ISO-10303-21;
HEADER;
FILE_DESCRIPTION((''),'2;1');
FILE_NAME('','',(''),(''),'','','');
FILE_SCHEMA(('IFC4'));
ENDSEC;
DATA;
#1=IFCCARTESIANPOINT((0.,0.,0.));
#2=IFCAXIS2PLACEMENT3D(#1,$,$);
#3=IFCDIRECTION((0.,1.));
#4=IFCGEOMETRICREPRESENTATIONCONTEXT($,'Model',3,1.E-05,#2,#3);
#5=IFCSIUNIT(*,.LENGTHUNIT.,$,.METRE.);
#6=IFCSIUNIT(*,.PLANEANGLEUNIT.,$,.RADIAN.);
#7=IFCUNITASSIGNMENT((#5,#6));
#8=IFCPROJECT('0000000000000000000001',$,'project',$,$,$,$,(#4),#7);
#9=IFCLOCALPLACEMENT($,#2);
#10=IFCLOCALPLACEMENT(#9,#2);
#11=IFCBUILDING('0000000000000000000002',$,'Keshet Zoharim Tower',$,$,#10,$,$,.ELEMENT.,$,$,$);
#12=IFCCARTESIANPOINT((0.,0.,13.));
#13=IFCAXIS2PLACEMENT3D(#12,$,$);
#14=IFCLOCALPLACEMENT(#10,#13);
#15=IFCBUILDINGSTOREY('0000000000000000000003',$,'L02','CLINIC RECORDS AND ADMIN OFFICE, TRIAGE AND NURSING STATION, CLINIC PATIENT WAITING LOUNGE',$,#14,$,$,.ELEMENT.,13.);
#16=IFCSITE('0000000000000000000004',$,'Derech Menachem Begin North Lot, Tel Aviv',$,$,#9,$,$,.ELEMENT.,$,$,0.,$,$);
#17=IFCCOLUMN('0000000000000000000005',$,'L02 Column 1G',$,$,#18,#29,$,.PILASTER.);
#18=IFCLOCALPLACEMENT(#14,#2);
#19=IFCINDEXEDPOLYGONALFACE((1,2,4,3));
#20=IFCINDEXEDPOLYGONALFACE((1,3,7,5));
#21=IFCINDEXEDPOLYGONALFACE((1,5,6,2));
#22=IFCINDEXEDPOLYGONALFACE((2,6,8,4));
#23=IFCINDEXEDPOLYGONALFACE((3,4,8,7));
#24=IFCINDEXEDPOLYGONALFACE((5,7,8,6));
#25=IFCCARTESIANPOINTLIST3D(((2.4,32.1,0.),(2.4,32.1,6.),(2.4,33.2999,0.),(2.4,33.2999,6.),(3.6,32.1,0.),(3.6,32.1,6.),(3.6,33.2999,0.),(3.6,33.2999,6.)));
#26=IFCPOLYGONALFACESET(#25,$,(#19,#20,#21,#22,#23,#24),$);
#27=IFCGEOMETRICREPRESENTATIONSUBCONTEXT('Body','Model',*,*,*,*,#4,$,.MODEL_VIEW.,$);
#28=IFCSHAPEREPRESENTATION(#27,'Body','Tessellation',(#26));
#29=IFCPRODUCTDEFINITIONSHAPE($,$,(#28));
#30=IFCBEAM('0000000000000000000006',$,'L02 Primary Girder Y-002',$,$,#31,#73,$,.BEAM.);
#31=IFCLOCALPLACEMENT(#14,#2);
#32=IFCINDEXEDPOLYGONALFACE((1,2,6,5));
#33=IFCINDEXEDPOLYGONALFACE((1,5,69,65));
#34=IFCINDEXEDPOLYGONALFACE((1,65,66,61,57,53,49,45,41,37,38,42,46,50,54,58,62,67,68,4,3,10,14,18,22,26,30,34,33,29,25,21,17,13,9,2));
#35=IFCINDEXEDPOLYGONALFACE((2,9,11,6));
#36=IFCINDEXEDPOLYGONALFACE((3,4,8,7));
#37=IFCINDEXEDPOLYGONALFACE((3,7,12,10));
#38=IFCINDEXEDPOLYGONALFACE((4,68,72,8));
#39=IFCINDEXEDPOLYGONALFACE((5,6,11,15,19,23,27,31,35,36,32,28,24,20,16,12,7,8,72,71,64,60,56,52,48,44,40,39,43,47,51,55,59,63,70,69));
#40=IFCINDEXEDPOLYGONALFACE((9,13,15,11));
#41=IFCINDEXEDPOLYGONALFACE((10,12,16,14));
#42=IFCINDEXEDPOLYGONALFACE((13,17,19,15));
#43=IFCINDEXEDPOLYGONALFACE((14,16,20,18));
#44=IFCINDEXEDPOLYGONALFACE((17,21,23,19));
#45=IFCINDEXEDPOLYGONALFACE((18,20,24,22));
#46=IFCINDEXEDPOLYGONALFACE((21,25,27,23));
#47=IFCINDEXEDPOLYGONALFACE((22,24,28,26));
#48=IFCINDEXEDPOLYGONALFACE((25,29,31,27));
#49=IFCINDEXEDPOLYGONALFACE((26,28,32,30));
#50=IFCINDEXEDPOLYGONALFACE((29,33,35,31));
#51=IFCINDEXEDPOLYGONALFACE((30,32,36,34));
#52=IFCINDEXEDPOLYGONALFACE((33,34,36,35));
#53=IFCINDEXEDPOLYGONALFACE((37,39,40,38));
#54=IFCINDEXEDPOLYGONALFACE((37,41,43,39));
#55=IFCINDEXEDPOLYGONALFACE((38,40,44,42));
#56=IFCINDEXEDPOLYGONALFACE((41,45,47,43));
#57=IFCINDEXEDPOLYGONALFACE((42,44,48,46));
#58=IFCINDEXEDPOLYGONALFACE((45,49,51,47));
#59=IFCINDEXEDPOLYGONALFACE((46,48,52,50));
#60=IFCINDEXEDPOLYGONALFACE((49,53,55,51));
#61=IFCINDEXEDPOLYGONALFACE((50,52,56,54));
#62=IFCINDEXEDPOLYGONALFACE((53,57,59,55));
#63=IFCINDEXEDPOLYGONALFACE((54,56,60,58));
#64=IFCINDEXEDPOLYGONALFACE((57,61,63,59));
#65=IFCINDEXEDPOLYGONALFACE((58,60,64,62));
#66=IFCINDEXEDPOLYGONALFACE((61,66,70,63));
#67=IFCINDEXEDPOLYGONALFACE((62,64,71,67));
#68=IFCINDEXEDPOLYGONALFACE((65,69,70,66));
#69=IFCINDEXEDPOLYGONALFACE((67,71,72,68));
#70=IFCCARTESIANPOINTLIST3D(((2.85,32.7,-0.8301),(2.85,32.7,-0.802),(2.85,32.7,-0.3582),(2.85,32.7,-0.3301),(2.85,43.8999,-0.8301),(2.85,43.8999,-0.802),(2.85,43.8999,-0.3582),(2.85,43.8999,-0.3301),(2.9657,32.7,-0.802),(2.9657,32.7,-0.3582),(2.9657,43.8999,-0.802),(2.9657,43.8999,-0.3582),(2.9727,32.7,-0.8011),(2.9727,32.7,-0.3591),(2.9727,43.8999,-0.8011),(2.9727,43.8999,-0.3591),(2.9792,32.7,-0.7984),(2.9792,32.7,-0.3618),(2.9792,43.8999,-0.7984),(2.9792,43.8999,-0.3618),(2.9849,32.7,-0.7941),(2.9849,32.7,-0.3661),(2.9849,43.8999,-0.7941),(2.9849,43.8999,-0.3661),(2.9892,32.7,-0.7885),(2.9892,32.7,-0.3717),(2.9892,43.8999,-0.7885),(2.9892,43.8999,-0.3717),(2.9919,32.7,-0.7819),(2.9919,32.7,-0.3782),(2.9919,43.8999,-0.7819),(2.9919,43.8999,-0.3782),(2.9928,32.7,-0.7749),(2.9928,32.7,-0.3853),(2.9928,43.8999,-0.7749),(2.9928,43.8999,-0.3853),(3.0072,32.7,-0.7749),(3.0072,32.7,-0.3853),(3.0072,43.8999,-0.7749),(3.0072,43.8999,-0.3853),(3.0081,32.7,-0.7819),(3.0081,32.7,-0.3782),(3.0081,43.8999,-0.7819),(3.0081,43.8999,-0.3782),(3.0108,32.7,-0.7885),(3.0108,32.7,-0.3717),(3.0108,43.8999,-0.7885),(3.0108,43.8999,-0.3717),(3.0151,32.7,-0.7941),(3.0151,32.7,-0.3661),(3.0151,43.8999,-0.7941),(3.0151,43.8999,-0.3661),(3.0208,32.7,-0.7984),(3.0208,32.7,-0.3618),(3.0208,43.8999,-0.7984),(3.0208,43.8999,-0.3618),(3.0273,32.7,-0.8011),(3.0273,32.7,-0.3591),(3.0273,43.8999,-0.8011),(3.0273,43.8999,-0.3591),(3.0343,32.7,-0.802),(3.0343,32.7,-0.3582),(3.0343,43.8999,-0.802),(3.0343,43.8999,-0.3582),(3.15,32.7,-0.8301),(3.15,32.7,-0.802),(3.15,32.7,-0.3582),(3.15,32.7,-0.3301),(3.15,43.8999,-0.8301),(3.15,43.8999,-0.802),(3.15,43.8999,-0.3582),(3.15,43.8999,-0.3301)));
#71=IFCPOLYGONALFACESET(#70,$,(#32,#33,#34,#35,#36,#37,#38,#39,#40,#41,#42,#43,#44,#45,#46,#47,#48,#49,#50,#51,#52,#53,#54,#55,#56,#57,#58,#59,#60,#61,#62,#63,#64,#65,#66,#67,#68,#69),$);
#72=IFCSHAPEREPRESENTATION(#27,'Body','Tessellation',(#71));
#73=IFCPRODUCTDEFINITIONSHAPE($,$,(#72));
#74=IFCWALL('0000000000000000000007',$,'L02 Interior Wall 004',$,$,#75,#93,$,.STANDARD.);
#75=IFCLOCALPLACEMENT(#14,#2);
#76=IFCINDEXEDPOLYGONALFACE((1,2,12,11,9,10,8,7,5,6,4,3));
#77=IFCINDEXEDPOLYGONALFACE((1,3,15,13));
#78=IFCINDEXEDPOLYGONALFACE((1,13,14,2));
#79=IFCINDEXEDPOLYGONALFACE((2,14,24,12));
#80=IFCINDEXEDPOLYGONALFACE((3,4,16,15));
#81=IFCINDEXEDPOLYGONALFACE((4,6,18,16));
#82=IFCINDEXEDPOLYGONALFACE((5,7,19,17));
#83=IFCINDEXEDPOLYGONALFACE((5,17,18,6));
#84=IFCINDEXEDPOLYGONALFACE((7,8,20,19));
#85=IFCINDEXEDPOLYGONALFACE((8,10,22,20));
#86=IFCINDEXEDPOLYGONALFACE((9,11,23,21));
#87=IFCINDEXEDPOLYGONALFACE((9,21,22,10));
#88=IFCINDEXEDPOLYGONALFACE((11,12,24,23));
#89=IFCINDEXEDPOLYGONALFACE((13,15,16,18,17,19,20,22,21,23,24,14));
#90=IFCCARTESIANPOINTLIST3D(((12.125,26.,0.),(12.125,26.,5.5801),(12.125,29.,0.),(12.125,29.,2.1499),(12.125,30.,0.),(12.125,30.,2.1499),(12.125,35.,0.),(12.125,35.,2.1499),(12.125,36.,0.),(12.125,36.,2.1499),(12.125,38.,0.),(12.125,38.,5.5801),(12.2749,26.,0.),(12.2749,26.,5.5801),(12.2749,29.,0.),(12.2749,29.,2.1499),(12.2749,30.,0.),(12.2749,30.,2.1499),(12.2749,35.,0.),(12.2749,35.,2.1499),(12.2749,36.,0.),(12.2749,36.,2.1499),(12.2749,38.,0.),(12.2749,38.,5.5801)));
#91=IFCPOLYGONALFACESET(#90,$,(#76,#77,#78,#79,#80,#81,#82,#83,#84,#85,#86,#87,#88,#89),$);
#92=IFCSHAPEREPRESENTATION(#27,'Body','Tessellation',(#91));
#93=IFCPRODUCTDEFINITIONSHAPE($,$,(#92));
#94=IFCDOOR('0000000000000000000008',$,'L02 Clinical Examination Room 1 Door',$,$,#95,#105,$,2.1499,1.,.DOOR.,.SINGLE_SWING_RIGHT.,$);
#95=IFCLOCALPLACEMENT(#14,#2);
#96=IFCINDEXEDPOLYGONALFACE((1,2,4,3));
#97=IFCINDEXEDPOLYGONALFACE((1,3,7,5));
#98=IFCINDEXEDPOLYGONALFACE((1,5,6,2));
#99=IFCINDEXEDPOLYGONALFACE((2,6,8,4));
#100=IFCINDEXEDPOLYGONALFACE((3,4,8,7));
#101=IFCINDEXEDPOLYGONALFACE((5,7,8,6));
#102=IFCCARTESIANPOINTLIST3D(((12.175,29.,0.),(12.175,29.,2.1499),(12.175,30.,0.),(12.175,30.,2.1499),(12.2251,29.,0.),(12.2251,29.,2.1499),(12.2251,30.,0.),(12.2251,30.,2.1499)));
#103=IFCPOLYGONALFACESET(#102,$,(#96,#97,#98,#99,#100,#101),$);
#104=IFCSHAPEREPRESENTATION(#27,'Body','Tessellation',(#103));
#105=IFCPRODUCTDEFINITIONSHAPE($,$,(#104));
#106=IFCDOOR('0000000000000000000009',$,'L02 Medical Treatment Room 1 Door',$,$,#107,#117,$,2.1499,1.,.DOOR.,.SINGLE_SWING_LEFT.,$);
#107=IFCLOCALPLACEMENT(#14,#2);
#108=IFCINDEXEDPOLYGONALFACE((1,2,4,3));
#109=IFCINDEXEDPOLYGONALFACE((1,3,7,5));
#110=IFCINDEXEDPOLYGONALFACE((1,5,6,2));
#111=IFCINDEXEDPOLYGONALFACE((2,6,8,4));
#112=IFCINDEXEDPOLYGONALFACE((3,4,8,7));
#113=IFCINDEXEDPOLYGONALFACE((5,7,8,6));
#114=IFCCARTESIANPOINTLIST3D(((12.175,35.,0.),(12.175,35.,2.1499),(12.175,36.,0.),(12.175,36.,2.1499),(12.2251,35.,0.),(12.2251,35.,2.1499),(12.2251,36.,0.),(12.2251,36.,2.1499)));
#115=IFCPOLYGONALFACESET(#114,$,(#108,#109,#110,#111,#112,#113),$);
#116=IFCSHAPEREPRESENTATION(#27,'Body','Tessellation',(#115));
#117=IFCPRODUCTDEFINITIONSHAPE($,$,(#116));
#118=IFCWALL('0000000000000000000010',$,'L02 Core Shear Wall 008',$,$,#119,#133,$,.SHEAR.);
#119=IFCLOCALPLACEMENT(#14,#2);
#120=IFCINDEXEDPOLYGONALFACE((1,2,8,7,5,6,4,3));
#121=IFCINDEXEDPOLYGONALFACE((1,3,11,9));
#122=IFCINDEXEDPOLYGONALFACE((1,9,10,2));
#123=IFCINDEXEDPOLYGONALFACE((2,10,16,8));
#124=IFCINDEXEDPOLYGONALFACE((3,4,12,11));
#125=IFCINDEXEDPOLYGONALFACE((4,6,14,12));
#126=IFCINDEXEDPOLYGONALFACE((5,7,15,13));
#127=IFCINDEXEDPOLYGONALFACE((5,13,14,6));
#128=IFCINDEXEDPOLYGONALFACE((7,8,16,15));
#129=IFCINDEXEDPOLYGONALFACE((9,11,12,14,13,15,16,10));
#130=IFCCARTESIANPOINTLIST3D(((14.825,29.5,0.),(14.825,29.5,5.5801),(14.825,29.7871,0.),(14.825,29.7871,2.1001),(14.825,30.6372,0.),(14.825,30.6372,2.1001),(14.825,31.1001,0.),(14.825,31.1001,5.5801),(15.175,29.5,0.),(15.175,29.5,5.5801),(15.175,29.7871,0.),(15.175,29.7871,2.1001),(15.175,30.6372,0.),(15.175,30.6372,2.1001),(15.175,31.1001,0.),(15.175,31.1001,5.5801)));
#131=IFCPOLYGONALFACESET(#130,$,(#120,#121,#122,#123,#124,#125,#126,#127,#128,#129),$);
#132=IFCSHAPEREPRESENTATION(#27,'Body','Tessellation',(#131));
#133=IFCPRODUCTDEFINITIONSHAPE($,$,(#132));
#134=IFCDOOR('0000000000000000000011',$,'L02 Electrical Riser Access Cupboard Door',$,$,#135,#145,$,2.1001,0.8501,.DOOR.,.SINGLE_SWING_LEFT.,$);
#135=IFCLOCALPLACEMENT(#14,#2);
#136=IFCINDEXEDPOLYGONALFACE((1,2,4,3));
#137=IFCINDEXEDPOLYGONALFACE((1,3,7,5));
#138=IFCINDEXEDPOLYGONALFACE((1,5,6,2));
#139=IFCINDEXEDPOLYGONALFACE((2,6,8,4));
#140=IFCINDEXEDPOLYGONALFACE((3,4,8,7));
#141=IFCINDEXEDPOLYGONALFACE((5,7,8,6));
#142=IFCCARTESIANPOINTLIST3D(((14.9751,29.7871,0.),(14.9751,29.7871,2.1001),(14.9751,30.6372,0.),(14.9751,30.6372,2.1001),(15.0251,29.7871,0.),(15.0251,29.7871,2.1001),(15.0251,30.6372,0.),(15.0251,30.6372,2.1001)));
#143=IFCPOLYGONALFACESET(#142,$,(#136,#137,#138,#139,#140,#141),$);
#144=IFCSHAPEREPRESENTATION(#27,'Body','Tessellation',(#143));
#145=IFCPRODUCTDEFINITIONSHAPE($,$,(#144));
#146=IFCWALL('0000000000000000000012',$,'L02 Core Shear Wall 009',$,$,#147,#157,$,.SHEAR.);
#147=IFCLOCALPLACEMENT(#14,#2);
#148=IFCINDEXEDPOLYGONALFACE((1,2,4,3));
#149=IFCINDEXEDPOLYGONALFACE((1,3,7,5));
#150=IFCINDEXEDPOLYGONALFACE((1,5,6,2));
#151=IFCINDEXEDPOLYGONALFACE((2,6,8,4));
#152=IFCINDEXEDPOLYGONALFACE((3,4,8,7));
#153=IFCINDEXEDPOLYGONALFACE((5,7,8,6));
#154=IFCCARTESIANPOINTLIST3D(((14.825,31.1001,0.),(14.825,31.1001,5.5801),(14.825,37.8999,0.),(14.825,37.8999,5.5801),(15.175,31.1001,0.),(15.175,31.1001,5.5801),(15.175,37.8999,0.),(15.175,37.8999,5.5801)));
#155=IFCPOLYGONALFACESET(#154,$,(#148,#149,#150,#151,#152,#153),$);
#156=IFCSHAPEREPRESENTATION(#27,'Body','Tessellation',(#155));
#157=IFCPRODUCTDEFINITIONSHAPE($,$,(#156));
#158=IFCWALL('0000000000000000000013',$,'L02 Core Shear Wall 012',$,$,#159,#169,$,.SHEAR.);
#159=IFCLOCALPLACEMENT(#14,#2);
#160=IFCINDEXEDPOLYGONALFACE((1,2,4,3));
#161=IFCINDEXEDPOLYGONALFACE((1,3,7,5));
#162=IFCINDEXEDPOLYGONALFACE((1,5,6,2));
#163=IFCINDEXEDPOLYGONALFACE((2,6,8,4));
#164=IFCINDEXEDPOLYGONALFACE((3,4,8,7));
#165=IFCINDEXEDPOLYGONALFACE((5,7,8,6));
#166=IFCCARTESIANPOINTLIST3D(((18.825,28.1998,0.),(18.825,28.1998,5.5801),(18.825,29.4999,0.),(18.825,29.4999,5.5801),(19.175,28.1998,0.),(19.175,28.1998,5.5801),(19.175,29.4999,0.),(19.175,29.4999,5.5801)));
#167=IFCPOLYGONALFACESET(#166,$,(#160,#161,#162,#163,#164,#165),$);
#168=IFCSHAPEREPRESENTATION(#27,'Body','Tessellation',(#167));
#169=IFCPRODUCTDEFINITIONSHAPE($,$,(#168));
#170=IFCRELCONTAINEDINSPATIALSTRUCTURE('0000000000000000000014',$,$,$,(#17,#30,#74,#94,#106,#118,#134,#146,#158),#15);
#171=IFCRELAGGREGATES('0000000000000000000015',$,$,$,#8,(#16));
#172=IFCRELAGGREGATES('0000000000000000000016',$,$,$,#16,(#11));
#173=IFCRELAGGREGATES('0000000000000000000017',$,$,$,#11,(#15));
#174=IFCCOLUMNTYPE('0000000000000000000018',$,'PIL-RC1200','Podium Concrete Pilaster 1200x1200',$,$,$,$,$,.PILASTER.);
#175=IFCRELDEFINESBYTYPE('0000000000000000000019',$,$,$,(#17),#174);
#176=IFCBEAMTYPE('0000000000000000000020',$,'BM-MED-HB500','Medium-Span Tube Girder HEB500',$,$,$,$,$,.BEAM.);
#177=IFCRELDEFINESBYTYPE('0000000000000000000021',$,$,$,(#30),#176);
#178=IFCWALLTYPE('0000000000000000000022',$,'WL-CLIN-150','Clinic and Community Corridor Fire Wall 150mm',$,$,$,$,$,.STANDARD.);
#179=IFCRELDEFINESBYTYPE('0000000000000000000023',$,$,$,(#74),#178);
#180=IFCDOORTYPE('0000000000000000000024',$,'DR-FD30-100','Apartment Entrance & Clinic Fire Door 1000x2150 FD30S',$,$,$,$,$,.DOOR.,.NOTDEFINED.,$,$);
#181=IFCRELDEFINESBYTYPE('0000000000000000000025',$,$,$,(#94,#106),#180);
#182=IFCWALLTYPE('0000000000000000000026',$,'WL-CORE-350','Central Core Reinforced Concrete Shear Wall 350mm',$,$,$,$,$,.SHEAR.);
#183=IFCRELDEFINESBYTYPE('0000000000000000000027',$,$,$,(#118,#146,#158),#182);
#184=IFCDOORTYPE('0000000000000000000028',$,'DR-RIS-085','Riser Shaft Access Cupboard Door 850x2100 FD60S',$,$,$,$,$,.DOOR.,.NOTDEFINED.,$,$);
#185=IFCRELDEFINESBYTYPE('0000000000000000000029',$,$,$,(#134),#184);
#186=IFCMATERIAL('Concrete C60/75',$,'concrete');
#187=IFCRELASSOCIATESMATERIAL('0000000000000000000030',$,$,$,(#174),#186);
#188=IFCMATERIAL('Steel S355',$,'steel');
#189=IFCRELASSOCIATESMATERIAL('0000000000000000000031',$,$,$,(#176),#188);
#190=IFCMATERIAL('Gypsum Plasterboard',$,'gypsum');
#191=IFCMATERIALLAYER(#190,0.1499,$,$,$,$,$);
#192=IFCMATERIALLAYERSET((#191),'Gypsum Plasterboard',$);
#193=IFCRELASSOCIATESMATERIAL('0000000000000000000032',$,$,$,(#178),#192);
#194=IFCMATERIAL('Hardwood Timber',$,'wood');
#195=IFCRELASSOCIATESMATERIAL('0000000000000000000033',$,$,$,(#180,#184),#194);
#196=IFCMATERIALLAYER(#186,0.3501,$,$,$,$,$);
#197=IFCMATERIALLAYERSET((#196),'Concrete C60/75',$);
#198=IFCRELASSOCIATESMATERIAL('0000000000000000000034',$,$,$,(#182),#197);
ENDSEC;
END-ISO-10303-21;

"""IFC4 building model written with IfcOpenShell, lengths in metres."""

from ifc_helpers import new_model, si_unit, direction, frame, frame_2d, origin, origin_2d, place, context, subcontext, project, spatial, rectangle, i_section, extrude, material, layer, layer_set, material_profile, profile_set, type_object, element, fill, save


model = new_model("IFC4")

# Units and contexts
model_context = context("Model", 3, precision=1e-05, world=origin(), true_north=direction((0.0, 1.0)))
body_context = subcontext(model_context, "Body", "Model", "MODEL_VIEW")
ifc_project = project(units=[si_unit("LENGTHUNIT", "METRE"), si_unit("PLANEANGLEUNIT", "RADIAN")], contexts=[model_context])

# Site, building, storey
site_placement = place(None, origin())
site = spatial("IfcSite", under=ifc_project, at=site_placement, Name="Derech Menachem Begin North Lot, Tel Aviv", CompositionType="ELEMENT", RefElevation=0.0)
building_placement = place(site_placement, origin())
building = spatial("IfcBuilding", under=site, at=building_placement, Name="Keshet Zoharim Tower", CompositionType="ELEMENT")
storey_placement = place(building_placement, frame((0.0, 0.0, 13.0)))
storey = spatial("IfcBuildingStorey", under=building, at=storey_placement, Name="L02", Description="CLINIC RECORDS AND ADMIN OFFICE, TRIAGE AND NURSING STATION, CLINIC PATIENT WAITING LOUNGE", CompositionType="ELEMENT", Elevation=13.0)

# Column
ifc_material_1 = material(Name="Concrete C60/75", Category="concrete")
ifc_material_profile_1 = material_profile(ifc_material_1, rectangle(XDim=1.2, YDim=1.2, at=origin_2d()), Name="RC1200x1200")
ifc_profile_set_1 = profile_set([ifc_material_profile_1], Name="Concrete C60/75")
column_type = type_object("IfcColumnType", Name="PIL-RC1200", Description="Podium Concrete Pilaster 1200x1200", PredefinedType="PILASTER", material=ifc_profile_set_1)
column_placement = place(storey_placement, frame((3.0, 32.7, 0.0), z_axis=(0.0, 0.0, 1.0), x_axis=(1.0, 0.0, 0.0)))
element("IfcColumn", 1, at=column_placement, inside=storey, type_object=column_type, Name="L02 Column 1G", PredefinedType="PILASTER", context=body_context, shape_type="SweptSolid", body=[
    extrude(rectangle(XDim=1.2, YDim=1.2, at=origin_2d()), origin(), (0.0, 0.0, 1.0), 6.0),
])

# Beam
ifc_material_2 = material(Name="Steel S355", Category="steel")
ifc_material_profile_2 = material_profile(ifc_material_2, i_section(OverallWidth=0.3, OverallDepth=0.5, WebThickness=0.0144, FlangeThickness=0.0281, FilletRadius=0.0271, at=origin_2d()), Name="HEB500")
ifc_profile_set_2 = profile_set([ifc_material_profile_2], Name="Steel S355")
beam_type = type_object("IfcBeamType", Name="BM-MED-HB500", Description="Medium-Span Tube Girder HEB500", PredefinedType="BEAM", material=ifc_profile_set_2)
beam_placement = place(storey_placement, frame((3.0, 32.7, -0.5801), z_axis=(0.0, 1.0, 0.0), x_axis=(-1.0, 0.0, 0.0)))
element("IfcBeam", 2, at=beam_placement, inside=storey, type_object=beam_type, Name="L02 Primary Girder Y-002", PredefinedType="BEAM", context=body_context, shape_type="SweptSolid", body=[
    extrude(i_section(OverallWidth=0.3, OverallDepth=0.5, WebThickness=0.0144, FlangeThickness=0.0281, FilletRadius=0.0271, at=origin_2d()), origin(), (0.0, 0.0, 1.0), 11.2),
])

# Wall, openings, doors
ifc_material_3 = material(Name="Gypsum Plasterboard", Category="gypsum")
ifc_layer_1 = layer(ifc_material_3, 0.1499)
ifc_layer_set_1 = layer_set([ifc_layer_1], Name="Gypsum Plasterboard")
wall_type_1 = type_object("IfcWallType", Name="WL-CLIN-150", Description="Clinic and Community Corridor Fire Wall 150mm", PredefinedType="STANDARD", material=ifc_layer_set_1)
wall_1_placement = place(storey_placement, frame((12.2, 26.0, 0.0), z_axis=(0.0, 0.0, 1.0), x_axis=(0.0, 1.0, 0.0)))
wall_1 = element("IfcWall", 3, at=wall_1_placement, inside=storey, type_object=wall_type_1, Name="L02 Interior Wall 004", PredefinedType="STANDARD", context=body_context, shape_type="SweptSolid", body=[
    extrude(rectangle(XDim=12.0, YDim=0.1499, at=frame_2d((6.0, 0.0))), origin(), (0.0, 0.0, 1.0), 5.5801),
])
opening_1_placement = place(wall_1_placement, frame((3.0, 0.0, 0.0)))
opening_1 = element("IfcOpeningElement", 4, at=opening_1_placement, cuts=wall_1, PredefinedType="OPENING", context=body_context, shape_type="SweptSolid", body=[
    extrude(rectangle(XDim=1.0, YDim=2.1499, at=frame_2d((0.5, 1.075))), frame((0.0, 0.085, 0.0), z_axis=(0.0, -1.0, 0.0), x_axis=(1.0, 0.0, 0.0)), (0.0, 0.0, 1.0), 0.1699),
])
opening_2_placement = place(wall_1_placement, frame((9.0, 0.0, 0.0)))
opening_2 = element("IfcOpeningElement", 5, at=opening_2_placement, cuts=wall_1, PredefinedType="OPENING", context=body_context, shape_type="SweptSolid", body=[
    extrude(rectangle(XDim=1.0, YDim=2.1499, at=frame_2d((0.5, 1.075))), frame((0.0, 0.085, 0.0), z_axis=(0.0, -1.0, 0.0), x_axis=(1.0, 0.0, 0.0)), (0.0, 0.0, 1.0), 0.1699),
])
ifc_material_4 = material(Name="Hardwood Timber", Category="wood")
door_type_1 = type_object("IfcDoorType", Name="DR-FD30-100", Description="Apartment Entrance & Clinic Fire Door 1000x2150 FD30S", OperationType="NOTDEFINED", PredefinedType="DOOR", material=ifc_material_4)
door_1_placement = place(opening_1_placement, origin())
door_1 = element("IfcDoor", 6, at=door_1_placement, inside=storey, type_object=door_type_1, Name="L02 Clinical Examination Room 1 Door", OperationType="SINGLE_SWING_RIGHT", OverallHeight=2.1499, OverallWidth=1.0, PredefinedType="DOOR", context=body_context, shape_type="SweptSolid", body=[
    extrude(rectangle(XDim=1.0, YDim=2.1499, at=frame_2d((0.5, 1.075))), frame((0.0, 0.0249, 0.0), z_axis=(0.0, -1.0, 0.0), x_axis=(1.0, 0.0, 0.0)), (0.0, 0.0, 1.0), 0.05),
])
fill(opening_1, door_1)
door_2_placement = place(opening_2_placement, origin())
door_2 = element("IfcDoor", 7, at=door_2_placement, inside=storey, type_object=door_type_1, Name="L02 Medical Treatment Room 1 Door", OperationType="SINGLE_SWING_LEFT", OverallHeight=2.1499, OverallWidth=1.0, PredefinedType="DOOR", context=body_context, shape_type="SweptSolid", body=[
    extrude(rectangle(XDim=1.0, YDim=2.1499, at=frame_2d((0.5, 1.075))), frame((0.0, 0.0249, 0.0), z_axis=(0.0, -1.0, 0.0), x_axis=(1.0, 0.0, 0.0)), (0.0, 0.0, 1.0), 0.05),
])
fill(opening_2, door_2)

# Wall, opening, door
ifc_layer_2 = layer(ifc_material_1, 0.3501)
ifc_layer_set_2 = layer_set([ifc_layer_2], Name="Concrete C60/75")
wall_type_2 = type_object("IfcWallType", Name="WL-CORE-350", Description="Central Core Reinforced Concrete Shear Wall 350mm", PredefinedType="SHEAR", material=ifc_layer_set_2)
wall_2_placement = place(storey_placement, frame((15.0, 29.5, 0.0), z_axis=(0.0, 0.0, 1.0), x_axis=(0.0, 1.0, 0.0)))
wall_2 = element("IfcWall", 8, at=wall_2_placement, inside=storey, type_object=wall_type_2, Name="L02 Core Shear Wall 008", PredefinedType="SHEAR", context=body_context, shape_type="SweptSolid", body=[
    extrude(rectangle(XDim=1.6001, YDim=0.3501, at=frame_2d((0.8, 0.0))), origin(), (0.0, 0.0, 1.0), 5.5801),
])
opening_3_placement = place(wall_2_placement, frame((0.2871, 0.0, 0.0)))
opening_3 = element("IfcOpeningElement", 9, at=opening_3_placement, cuts=wall_2, PredefinedType="OPENING", context=body_context, shape_type="SweptSolid", body=[
    extrude(rectangle(XDim=0.8501, YDim=2.1001, at=frame_2d((0.425, 1.05))), frame((0.0, 0.1851, 0.0), z_axis=(0.0, -1.0, 0.0), x_axis=(1.0, 0.0, 0.0)), (0.0, 0.0, 1.0), 0.3701),
])
door_type_2 = type_object("IfcDoorType", Name="DR-RIS-085", Description="Riser Shaft Access Cupboard Door 850x2100 FD60S", OperationType="NOTDEFINED", PredefinedType="DOOR", material=ifc_material_4)
door_3_placement = place(opening_3_placement, origin())
door_3 = element("IfcDoor", 10, at=door_3_placement, inside=storey, type_object=door_type_2, Name="L02 Electrical Riser Access Cupboard Door", OperationType="SINGLE_SWING_LEFT", OverallHeight=2.1001, OverallWidth=0.8501, PredefinedType="DOOR", context=body_context, shape_type="SweptSolid", body=[
    extrude(rectangle(XDim=0.8501, YDim=2.1001, at=frame_2d((0.425, 1.05))), frame((0.0, 0.0249, 0.0), z_axis=(0.0, -1.0, 0.0), x_axis=(1.0, 0.0, 0.0)), (0.0, 0.0, 1.0), 0.05),
])
fill(opening_3, door_3)

# Walls
wall_3_placement = place(storey_placement, frame((15.0, 31.1001, 0.0), z_axis=(0.0, 0.0, 1.0), x_axis=(0.0, 1.0, 0.0)))
element("IfcWall", 11, at=wall_3_placement, inside=storey, type_object=wall_type_2, Name="L02 Core Shear Wall 009", PredefinedType="SHEAR", context=body_context, shape_type="SweptSolid", body=[
    extrude(rectangle(XDim=6.7998, YDim=0.3501, at=frame_2d((3.3999, 0.0))), origin(), (0.0, 0.0, 1.0), 5.5801),
])
wall_4_placement = place(storey_placement, frame((19.0, 28.2, 0.0), z_axis=(0.0, 0.0, 1.0), x_axis=(0.0, 1.0, 0.0)))
element("IfcWall", 12, at=wall_4_placement, inside=storey, type_object=wall_type_2, Name="L02 Core Shear Wall 012", PredefinedType="SHEAR", context=body_context, shape_type="SweptSolid", body=[
    extrude(rectangle(XDim=1.3, YDim=0.3501, at=frame_2d((0.6499, 0.0))), origin(), (0.0, 0.0, 1.0), 5.5801),
])

save(model, "model.ifc")
